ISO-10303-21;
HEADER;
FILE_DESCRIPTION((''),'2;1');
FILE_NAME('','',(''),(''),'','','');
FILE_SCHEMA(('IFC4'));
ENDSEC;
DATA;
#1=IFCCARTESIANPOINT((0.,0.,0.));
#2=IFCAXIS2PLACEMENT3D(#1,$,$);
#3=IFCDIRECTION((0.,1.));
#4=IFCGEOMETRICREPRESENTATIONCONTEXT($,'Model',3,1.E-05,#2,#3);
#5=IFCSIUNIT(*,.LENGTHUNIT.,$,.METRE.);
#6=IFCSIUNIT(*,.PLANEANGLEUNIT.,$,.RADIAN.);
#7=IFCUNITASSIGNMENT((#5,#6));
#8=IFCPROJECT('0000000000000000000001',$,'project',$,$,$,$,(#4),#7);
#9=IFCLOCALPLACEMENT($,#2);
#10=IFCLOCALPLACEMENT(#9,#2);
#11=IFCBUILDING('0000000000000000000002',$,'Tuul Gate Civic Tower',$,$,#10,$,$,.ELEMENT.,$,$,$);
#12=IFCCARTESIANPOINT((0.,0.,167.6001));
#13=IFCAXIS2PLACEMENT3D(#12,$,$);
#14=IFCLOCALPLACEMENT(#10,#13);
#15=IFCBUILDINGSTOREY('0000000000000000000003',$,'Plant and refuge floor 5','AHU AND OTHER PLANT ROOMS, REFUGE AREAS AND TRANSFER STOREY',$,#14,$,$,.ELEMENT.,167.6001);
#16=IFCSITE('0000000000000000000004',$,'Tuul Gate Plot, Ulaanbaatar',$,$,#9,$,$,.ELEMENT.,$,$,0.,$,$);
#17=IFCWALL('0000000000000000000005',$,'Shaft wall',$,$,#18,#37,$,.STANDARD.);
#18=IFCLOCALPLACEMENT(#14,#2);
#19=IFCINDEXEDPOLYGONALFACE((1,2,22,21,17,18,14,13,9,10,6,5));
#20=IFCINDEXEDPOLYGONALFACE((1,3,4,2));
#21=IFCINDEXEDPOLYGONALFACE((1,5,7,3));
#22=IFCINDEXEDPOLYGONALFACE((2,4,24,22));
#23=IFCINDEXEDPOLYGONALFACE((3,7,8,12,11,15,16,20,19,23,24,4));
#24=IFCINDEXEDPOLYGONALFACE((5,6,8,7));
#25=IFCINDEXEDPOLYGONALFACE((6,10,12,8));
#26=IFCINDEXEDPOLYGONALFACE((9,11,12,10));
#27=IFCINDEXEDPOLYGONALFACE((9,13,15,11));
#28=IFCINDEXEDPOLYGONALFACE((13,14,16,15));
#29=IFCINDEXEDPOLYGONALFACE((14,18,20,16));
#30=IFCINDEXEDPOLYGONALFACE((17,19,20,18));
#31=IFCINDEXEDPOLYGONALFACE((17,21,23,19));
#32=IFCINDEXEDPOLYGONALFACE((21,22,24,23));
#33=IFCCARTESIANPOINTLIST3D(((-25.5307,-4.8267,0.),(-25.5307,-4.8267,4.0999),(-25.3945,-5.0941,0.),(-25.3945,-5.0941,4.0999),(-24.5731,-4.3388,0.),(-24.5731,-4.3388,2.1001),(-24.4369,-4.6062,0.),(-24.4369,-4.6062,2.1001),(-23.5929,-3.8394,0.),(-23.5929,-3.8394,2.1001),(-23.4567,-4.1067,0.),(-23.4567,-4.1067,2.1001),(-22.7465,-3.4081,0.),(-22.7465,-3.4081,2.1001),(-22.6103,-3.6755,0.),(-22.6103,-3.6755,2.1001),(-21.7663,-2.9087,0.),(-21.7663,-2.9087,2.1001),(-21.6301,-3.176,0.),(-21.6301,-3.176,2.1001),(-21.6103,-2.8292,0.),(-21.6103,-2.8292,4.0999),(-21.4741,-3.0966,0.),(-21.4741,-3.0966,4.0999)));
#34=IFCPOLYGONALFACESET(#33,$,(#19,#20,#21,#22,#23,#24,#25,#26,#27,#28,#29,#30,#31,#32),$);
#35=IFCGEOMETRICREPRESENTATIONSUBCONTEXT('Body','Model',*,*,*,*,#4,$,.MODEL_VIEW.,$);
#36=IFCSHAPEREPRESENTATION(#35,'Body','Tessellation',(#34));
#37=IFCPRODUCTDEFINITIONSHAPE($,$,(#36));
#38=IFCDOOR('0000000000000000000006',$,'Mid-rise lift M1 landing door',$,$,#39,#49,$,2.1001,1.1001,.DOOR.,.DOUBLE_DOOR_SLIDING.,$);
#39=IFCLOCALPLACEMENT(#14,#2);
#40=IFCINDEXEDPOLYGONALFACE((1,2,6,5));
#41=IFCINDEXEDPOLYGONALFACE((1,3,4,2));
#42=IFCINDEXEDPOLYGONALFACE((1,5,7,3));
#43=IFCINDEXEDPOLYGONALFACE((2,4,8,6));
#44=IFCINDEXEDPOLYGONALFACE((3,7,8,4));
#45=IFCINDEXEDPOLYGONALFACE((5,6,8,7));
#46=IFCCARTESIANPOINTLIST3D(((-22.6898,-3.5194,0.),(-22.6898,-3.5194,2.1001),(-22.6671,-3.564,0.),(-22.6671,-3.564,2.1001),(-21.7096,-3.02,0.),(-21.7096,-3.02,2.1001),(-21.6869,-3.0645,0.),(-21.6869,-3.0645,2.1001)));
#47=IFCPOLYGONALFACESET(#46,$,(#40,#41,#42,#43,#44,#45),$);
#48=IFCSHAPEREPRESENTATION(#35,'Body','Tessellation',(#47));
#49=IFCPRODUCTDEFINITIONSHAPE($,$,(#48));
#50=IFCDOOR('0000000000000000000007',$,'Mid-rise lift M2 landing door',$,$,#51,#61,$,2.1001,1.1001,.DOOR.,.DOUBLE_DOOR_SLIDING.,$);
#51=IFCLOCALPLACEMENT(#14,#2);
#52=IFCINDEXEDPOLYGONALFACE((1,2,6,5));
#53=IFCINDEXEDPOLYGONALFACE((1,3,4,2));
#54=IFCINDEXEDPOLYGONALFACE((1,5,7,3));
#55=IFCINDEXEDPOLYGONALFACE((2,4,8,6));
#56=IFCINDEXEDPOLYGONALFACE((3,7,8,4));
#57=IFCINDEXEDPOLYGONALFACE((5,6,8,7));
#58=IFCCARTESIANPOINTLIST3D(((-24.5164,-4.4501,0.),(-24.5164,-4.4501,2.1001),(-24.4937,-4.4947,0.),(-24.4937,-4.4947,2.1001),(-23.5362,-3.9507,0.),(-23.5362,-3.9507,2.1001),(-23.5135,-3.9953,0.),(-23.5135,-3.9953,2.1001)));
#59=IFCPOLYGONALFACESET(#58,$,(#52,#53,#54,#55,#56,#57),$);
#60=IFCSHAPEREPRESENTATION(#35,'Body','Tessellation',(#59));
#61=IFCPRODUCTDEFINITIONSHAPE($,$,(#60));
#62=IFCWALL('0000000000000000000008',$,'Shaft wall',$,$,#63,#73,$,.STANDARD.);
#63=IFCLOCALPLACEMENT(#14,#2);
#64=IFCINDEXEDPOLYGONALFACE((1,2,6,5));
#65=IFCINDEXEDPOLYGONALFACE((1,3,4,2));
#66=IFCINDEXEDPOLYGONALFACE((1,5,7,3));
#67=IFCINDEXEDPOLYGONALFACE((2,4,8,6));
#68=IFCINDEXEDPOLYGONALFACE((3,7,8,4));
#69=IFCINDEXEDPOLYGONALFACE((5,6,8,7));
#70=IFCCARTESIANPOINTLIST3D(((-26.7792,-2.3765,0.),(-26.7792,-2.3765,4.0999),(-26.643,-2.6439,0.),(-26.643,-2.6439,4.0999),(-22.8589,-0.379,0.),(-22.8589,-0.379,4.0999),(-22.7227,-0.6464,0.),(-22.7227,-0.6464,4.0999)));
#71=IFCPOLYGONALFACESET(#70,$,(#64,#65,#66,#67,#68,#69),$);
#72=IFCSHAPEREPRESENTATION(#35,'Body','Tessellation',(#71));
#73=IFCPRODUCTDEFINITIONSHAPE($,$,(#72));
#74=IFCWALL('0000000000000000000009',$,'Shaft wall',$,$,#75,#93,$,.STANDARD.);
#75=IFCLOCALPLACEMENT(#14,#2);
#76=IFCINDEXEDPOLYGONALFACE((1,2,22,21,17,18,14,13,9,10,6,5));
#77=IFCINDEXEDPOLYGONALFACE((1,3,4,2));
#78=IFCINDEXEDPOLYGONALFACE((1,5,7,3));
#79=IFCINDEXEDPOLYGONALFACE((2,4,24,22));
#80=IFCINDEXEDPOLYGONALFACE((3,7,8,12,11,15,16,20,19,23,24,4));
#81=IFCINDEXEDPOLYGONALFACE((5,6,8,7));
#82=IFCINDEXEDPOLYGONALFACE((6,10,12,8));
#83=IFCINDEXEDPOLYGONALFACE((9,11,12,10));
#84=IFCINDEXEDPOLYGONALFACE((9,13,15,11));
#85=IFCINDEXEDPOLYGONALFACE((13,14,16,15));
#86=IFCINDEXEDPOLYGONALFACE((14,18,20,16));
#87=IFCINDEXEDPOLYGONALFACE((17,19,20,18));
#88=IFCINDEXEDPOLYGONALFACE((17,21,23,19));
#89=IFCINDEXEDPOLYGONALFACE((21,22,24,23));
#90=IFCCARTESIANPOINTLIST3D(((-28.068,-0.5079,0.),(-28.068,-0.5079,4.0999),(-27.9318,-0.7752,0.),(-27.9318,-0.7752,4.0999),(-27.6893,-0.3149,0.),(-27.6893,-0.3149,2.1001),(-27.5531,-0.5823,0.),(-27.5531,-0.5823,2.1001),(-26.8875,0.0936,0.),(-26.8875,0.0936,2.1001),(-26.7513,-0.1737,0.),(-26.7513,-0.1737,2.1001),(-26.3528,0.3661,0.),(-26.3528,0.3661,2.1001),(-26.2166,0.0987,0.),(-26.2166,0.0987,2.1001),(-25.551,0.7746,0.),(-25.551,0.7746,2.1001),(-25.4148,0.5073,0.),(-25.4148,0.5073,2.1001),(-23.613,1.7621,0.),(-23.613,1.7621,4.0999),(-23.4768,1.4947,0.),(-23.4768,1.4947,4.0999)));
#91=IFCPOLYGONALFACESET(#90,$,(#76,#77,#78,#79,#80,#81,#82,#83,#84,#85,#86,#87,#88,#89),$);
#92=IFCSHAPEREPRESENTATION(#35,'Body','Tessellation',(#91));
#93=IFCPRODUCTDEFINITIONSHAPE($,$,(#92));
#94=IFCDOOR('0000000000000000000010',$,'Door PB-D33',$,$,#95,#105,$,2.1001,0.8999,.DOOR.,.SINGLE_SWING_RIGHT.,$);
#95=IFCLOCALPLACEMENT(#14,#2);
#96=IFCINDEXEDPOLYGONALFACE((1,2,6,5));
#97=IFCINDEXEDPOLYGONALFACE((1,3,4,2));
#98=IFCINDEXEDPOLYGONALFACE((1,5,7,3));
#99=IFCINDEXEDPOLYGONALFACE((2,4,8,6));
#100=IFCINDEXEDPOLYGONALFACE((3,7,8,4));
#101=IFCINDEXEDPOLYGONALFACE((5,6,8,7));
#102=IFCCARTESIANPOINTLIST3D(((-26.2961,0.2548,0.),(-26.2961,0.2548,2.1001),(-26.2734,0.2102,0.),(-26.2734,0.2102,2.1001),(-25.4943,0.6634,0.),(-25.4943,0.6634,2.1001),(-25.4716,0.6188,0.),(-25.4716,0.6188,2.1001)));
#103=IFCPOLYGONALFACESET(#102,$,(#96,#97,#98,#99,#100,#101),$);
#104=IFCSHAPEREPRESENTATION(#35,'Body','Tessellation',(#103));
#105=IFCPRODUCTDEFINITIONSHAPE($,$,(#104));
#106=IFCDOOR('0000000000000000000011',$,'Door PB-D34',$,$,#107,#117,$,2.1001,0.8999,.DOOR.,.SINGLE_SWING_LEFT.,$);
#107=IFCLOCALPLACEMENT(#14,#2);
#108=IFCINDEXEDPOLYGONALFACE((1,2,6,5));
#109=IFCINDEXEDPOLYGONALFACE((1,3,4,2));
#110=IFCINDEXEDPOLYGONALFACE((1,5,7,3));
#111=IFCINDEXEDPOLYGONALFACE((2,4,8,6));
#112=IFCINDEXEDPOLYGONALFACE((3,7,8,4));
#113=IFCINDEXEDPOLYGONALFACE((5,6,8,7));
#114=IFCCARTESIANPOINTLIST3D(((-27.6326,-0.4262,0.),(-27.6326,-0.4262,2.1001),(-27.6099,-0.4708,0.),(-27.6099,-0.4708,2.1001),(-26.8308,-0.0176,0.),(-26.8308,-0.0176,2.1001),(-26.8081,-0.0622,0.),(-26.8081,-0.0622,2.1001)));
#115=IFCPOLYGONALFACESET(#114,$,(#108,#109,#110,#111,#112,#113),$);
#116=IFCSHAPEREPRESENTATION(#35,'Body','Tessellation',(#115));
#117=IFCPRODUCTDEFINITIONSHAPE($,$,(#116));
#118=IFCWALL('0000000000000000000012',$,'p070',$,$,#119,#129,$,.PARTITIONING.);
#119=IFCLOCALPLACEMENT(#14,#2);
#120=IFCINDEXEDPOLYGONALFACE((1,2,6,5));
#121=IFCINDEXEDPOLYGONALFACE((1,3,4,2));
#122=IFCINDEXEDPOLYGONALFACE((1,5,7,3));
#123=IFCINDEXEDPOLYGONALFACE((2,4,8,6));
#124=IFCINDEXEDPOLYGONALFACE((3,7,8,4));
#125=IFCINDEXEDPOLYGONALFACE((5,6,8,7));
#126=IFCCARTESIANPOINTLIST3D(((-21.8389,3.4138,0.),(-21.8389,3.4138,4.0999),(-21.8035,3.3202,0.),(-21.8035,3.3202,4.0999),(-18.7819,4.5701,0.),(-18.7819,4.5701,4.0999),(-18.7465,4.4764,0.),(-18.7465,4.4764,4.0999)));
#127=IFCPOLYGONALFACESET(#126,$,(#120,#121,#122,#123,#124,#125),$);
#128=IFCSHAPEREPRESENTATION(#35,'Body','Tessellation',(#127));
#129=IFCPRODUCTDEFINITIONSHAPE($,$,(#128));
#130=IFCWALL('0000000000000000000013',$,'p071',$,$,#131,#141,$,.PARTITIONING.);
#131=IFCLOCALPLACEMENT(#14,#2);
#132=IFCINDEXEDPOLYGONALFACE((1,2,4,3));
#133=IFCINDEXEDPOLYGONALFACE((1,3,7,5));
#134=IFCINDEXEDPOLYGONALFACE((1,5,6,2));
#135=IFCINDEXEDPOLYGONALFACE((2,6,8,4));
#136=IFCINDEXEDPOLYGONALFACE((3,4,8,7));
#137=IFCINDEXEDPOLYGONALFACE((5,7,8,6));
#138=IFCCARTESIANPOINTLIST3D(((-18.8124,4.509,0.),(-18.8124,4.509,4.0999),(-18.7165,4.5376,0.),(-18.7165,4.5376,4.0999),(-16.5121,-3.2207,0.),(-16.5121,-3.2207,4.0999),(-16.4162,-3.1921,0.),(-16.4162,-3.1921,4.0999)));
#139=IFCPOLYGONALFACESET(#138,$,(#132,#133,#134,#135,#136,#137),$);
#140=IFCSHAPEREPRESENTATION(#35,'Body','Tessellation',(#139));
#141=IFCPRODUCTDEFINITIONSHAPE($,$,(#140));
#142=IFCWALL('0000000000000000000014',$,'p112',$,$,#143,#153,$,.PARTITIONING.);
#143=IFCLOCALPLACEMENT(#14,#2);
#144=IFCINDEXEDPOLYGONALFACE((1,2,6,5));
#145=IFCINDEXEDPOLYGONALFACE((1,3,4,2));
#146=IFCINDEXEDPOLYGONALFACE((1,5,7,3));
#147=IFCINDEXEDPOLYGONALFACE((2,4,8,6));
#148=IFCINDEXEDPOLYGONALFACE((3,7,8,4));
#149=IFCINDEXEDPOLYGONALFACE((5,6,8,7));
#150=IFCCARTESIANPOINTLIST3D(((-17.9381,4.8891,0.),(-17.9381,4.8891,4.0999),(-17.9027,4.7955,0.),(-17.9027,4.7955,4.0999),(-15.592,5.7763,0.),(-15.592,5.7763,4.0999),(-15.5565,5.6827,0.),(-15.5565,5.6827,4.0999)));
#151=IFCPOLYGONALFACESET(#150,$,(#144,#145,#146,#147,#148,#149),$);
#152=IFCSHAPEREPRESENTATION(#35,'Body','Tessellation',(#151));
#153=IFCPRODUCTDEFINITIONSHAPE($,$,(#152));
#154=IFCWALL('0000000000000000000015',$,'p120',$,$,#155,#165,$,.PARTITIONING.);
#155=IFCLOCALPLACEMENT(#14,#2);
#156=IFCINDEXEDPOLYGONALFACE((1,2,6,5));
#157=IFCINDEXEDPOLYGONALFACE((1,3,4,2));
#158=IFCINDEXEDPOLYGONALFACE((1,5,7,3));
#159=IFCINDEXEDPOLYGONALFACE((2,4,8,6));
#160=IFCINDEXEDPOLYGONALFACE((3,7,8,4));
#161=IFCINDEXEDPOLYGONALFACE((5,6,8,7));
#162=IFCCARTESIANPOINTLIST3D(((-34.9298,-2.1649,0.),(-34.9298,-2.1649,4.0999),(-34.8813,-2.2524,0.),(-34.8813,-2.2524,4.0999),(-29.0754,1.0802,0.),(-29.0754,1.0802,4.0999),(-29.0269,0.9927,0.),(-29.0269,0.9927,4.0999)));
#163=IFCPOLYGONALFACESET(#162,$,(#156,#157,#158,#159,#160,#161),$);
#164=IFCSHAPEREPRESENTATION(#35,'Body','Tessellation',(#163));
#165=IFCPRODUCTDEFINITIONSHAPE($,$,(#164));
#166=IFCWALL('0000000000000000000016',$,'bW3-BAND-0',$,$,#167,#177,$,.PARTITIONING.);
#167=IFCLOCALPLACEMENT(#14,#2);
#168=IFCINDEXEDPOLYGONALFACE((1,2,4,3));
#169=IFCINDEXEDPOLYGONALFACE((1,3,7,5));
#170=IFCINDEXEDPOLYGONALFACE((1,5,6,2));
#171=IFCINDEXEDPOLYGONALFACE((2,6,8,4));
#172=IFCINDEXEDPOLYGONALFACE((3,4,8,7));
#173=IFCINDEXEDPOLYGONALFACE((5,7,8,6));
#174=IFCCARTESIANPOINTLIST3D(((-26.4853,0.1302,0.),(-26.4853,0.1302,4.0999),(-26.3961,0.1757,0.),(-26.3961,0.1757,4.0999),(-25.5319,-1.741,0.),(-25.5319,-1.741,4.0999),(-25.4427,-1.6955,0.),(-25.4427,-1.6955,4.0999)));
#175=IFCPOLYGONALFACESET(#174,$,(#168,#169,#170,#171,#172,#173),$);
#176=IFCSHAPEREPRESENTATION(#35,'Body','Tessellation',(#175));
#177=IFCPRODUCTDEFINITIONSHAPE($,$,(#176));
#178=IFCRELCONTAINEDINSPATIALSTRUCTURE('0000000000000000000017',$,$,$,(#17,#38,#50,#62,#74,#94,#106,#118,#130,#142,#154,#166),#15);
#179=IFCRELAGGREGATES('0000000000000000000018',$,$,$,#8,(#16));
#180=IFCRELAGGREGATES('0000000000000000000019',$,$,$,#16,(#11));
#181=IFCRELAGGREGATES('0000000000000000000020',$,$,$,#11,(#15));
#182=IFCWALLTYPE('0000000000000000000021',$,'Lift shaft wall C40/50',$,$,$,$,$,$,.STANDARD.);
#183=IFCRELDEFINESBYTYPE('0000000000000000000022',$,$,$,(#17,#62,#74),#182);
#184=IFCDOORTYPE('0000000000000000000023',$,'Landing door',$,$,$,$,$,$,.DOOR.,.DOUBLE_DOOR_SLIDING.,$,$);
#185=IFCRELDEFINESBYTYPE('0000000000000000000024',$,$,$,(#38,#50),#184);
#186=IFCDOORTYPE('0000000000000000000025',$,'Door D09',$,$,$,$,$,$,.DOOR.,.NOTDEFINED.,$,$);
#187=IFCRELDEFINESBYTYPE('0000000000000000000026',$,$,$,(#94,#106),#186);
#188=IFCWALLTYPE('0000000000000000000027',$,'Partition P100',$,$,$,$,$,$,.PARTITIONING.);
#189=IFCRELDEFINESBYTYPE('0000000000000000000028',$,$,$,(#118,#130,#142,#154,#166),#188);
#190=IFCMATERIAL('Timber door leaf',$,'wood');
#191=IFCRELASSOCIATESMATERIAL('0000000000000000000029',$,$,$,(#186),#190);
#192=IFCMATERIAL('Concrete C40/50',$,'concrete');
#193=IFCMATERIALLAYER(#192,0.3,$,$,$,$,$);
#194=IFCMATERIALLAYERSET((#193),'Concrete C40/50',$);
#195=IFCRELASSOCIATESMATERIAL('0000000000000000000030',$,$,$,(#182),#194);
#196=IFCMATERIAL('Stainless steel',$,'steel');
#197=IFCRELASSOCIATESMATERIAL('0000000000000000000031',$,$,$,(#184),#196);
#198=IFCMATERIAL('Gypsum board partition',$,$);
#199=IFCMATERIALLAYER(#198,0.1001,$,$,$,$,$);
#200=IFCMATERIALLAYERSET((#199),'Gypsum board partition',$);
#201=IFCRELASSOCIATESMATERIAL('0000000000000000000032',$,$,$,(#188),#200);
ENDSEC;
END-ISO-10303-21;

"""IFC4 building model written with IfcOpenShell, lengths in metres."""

from ifc_helpers import new_model, si_unit, direction, frame, frame_2d, origin, place, context, subcontext, project, spatial, rectangle, extrude, material, layer, layer_set, type_object, element, fill, save


model = new_model("IFC4")

# Units and contexts
model_context = context("Model", 3, precision=1e-05, world=origin(), true_north=direction((0.0, 1.0)))
body_context = subcontext(model_context, "Body", "Model", "MODEL_VIEW")
ifc_project = project(units=[si_unit("LENGTHUNIT", "METRE"), si_unit("PLANEANGLEUNIT", "RADIAN")], contexts=[model_context])

# Site, building, storey
site_placement = place(None, origin())
site = spatial("IfcSite", under=ifc_project, at=site_placement, Name="Tuul Gate Plot, Ulaanbaatar", CompositionType="ELEMENT", RefElevation=0.0)
building_placement = place(site_placement, origin())
building = spatial("IfcBuilding", under=site, at=building_placement, Name="Tuul Gate Civic Tower", CompositionType="ELEMENT")
storey_placement = place(building_placement, frame((0.0, 0.0, 167.6001)))
storey = spatial("IfcBuildingStorey", under=building, at=storey_placement, Name="Plant and refuge floor 5", Description="AHU AND OTHER PLANT ROOMS, REFUGE AREAS AND TRANSFER STOREY", CompositionType="ELEMENT", Elevation=167.6001)

# Shared definitions
ifc_material_1 = material(Name="Timber door leaf", Category="wood")
door_type_1 = type_object("IfcDoorType", Name="Door D09", OperationType="NOTDEFINED", PredefinedType="DOOR", material=ifc_material_1)

# Wall, openings, doors
ifc_material_2 = material(Name="Concrete C40/50", Category="concrete")
ifc_layer_1 = layer(ifc_material_2, 0.3)
ifc_layer_set_1 = layer_set([ifc_layer_1], Name="Concrete C40/50")
wall_type_1 = type_object("IfcWallType", Name="Lift shaft wall C40/50", PredefinedType="STANDARD", material=ifc_layer_set_1)
wall_1_placement = place(storey_placement, frame((-21.5422, -2.9629, 0.0), z_axis=(0.0, 0.0, 1.0), x_axis=(-0.891006, -0.453992, 0.0)))
wall_1 = element("IfcWall", 1, at=wall_1_placement, inside=storey, type_object=wall_type_1, Name="Shaft wall", PredefinedType="STANDARD", context=body_context, shape_type="SweptSolid", body=[
    extrude(rectangle(XDim=4.3999, YDim=0.3, at=frame_2d((2.2, 0.0))), origin(), (0.0, 0.0, 1.0), 4.0999),
])
opening_1_placement = place(wall_1_placement, frame((0.175, 0.0, 0.0)))
opening_1 = element("IfcOpeningElement", 2, at=opening_1_placement, cuts=wall_1, PredefinedType="OPENING", context=body_context, shape_type="SweptSolid", body=[
    extrude(rectangle(XDim=1.1001, YDim=2.1001, at=frame_2d((0.55, 1.05))), frame((0.0, 0.1602, 0.0), z_axis=(0.0, -1.0, 0.0), x_axis=(1.0, 0.0, 0.0)), (0.0, 0.0, 1.0), 0.3201),
])
opening_2_placement = place(wall_1_placement, frame((2.2251, 0.0, 0.0)))
opening_2 = element("IfcOpeningElement", 3, at=opening_2_placement, cuts=wall_1, PredefinedType="OPENING", context=body_context, shape_type="SweptSolid", body=[
    extrude(rectangle(XDim=1.1001, YDim=2.1001, at=frame_2d((0.55, 1.05))), frame((0.0, 0.1602, 0.0), z_axis=(0.0, -1.0, 0.0), x_axis=(1.0, 0.0, 0.0)), (0.0, 0.0, 1.0), 0.3201),
])
ifc_material_3 = material(Name="Stainless steel", Category="steel")
door_type_2 = type_object("IfcDoorType", Name="Landing door", OperationType="DOUBLE_DOOR_SLIDING", PredefinedType="DOOR", material=ifc_material_3)
door_1_placement = place(opening_1_placement, origin())
door_1 = element("IfcDoor", 4, at=door_1_placement, inside=storey, type_object=door_type_2, Name="Mid-rise lift M1 landing door", OperationType="DOUBLE_DOOR_SLIDING", OverallHeight=2.1001, OverallWidth=1.1001, PredefinedType="DOOR", context=body_context, shape_type="SweptSolid", body=[
    extrude(rectangle(XDim=1.1001, YDim=2.1001, at=frame_2d((0.55, 1.05))), frame((0.0, 0.0249, 0.0), z_axis=(0.0, -1.0, 0.0), x_axis=(1.0, 0.0, 0.0)), (0.0, 0.0, 1.0), 0.05),
])
fill(opening_1, door_1)
door_2_placement = place(opening_2_placement, origin())
door_2 = element("IfcDoor", 5, at=door_2_placement, inside=storey, type_object=door_type_2, Name="Mid-rise lift M2 landing door", OperationType="DOUBLE_DOOR_SLIDING", OverallHeight=2.1001, OverallWidth=1.1001, PredefinedType="DOOR", context=body_context, shape_type="SweptSolid", body=[
    extrude(rectangle(XDim=1.1001, YDim=2.1001, at=frame_2d((0.55, 1.05))), frame((0.0, 0.0249, 0.0), z_axis=(0.0, -1.0, 0.0), x_axis=(1.0, 0.0, 0.0)), (0.0, 0.0, 1.0), 0.05),
])
fill(opening_2, door_2)

# Wall
wall_2_placement = place(storey_placement, frame((-22.7908, -0.5127, 0.0), z_axis=(0.0, 0.0, 1.0), x_axis=(-0.891006, -0.453992, 0.0)))
element("IfcWall", 6, at=wall_2_placement, inside=storey, type_object=wall_type_1, Name="Shaft wall", PredefinedType="STANDARD", context=body_context, shape_type="SweptSolid", body=[
    extrude(rectangle(XDim=4.3999, YDim=0.3, at=frame_2d((2.2, 0.0))), origin(), (0.0, 0.0, 1.0), 4.0999),
])

# Wall, openings, doors
wall_3_placement = place(storey_placement, frame((-23.5449, 1.6284, 0.0), z_axis=(0.0, 0.0, 1.0), x_axis=(-0.891003, -0.453997, 0.0)))
wall_3 = element("IfcWall", 7, at=wall_3_placement, inside=storey, type_object=wall_type_1, Name="Shaft wall", PredefinedType="STANDARD", context=body_context, shape_type="SweptSolid", body=[
    extrude(rectangle(XDim=5.0, YDim=0.3, at=frame_2d((2.5, 0.0))), origin(), (0.0, 0.0, 1.0), 4.0999),
])
opening_3_placement = place(wall_3_placement, frame((2.175, 0.0, 0.0)))
opening_3 = element("IfcOpeningElement", 8, at=opening_3_placement, cuts=wall_3, PredefinedType="OPENING", context=body_context, shape_type="SweptSolid", body=[
    extrude(rectangle(XDim=0.8999, YDim=2.1001, at=frame_2d((0.45, 1.05))), frame((0.0, 0.1602, 0.0), z_axis=(0.0, -1.0, 0.0), x_axis=(1.0, 0.0, 0.0)), (0.0, 0.0, 1.0), 0.3201),
])
opening_4_placement = place(wall_3_placement, frame((3.675, 0.0, 0.0)))
opening_4 = element("IfcOpeningElement", 9, at=opening_4_placement, cuts=wall_3, PredefinedType="OPENING", context=body_context, shape_type="SweptSolid", body=[
    extrude(rectangle(XDim=0.8999, YDim=2.1001, at=frame_2d((0.45, 1.05))), frame((0.0, 0.1602, 0.0), z_axis=(0.0, -1.0, 0.0), x_axis=(1.0, 0.0, 0.0)), (0.0, 0.0, 1.0), 0.3201),
])
door_3_placement = place(opening_3_placement, origin())
door_3 = element("IfcDoor", 10, at=door_3_placement, inside=storey, type_object=door_type_1, Name="Door PB-D33", OperationType="SINGLE_SWING_RIGHT", OverallHeight=2.1001, OverallWidth=0.8999, PredefinedType="DOOR", context=body_context, shape_type="SweptSolid", body=[
    extrude(rectangle(XDim=0.8999, YDim=2.1001, at=frame_2d((0.45, 1.05))), frame((0.0, 0.0249, 0.0), z_axis=(0.0, -1.0, 0.0), x_axis=(1.0, 0.0, 0.0)), (0.0, 0.0, 1.0), 0.05),
])
fill(opening_3, door_3)
door_4_placement = place(opening_4_placement, origin())
door_4 = element("IfcDoor", 11, at=door_4_placement, inside=storey, type_object=door_type_1, Name="Door PB-D34", OperationType="SINGLE_SWING_LEFT", OverallHeight=2.1001, OverallWidth=0.8999, PredefinedType="DOOR", context=body_context, shape_type="SweptSolid", body=[
    extrude(rectangle(XDim=0.8999, YDim=2.1001, at=frame_2d((0.45, 1.05))), frame((0.0, 0.0249, 0.0), z_axis=(0.0, -1.0, 0.0), x_axis=(1.0, 0.0, 0.0)), (0.0, 0.0, 1.0), 0.05),
])
fill(opening_4, door_4)

# Walls
ifc_material_4 = material(Name="Gypsum board partition")
ifc_layer_2 = layer(ifc_material_4, 0.1001)
ifc_layer_set_2 = layer_set([ifc_layer_2], Name="Gypsum board partition")
wall_type_2 = type_object("IfcWallType", Name="Partition P100", PredefinedType="PARTITIONING", material=ifc_layer_set_2)
wall_4_placement = place(storey_placement, frame((-21.8213, 3.3669, 0.0), z_axis=(0.0, 0.0, 1.0), x_axis=(0.935328, 0.353783, 0.0)))
element("IfcWall", 12, at=wall_4_placement, inside=storey, type_object=wall_type_2, Name="p070", PredefinedType="PARTITIONING", context=body_context, shape_type="SweptSolid", body=[
    extrude(rectangle(XDim=3.2683, YDim=0.1001, at=frame_2d((1.6343, 0.0))), origin(), (0.0, 0.0, 1.0), 4.0999),
])
wall_5_placement = place(storey_placement, frame((-18.7644, 4.5232, 0.0), z_axis=(0.0, 0.0, 1.0), x_axis=(0.285228, -0.95846, 0.0)))
element("IfcWall", 13, at=wall_5_placement, inside=storey, type_object=wall_type_2, Name="p071", PredefinedType="PARTITIONING", context=body_context, shape_type="SweptSolid", body=[
    extrude(rectangle(XDim=8.0647, YDim=0.1001, at=frame_2d((4.0322, 0.0))), origin(), (0.0, 0.0, 1.0), 4.0999),
])
wall_6_placement = place(storey_placement, frame((-17.9204, 4.8423, 0.0), z_axis=(0.0, 0.0, 1.0), x_axis=(0.935358, 0.353703, 0.0)))
element("IfcWall", 14, at=wall_6_placement, inside=storey, type_object=wall_type_2, Name="p112", PredefinedType="PARTITIONING", context=body_context, shape_type="SweptSolid", body=[
    extrude(rectangle(XDim=2.5083, YDim=0.1001, at=frame_2d((1.2542, 0.0))), origin(), (0.0, 0.0, 1.0), 4.0999),
])
wall_7_placement = place(storey_placement, frame((-29.0513, 1.0364, 0.0), z_axis=(0.0, 0.0, 1.0), x_axis=(-0.874625, -0.4848, 0.0)))
element("IfcWall", 15, at=wall_7_placement, inside=storey, type_object=wall_type_2, Name="p120", PredefinedType="PARTITIONING", context=body_context, shape_type="SweptSolid", body=[
    extrude(rectangle(XDim=6.6936, YDim=0.1001, at=frame_2d((3.3467, 0.0))), origin(), (0.0, 0.0, 1.0), 4.0999),
])
wall_8_placement = place(storey_placement, frame((-25.4873, -1.7183, 0.0), z_axis=(0.0, 0.0, 1.0), x_axis=(-0.45399, 0.891007, 0.0)))
element("IfcWall", 16, at=wall_8_placement, inside=storey, type_object=wall_type_2, Name="bW3-BAND-0", PredefinedType="PARTITIONING", context=body_context, shape_type="SweptSolid", body=[
    extrude(rectangle(XDim=2.1001, YDim=0.1001, at=frame_2d((1.05, 0.0))), origin(), (0.0, 0.0, 1.0), 4.0999),
])

save(model, "model.ifc")
